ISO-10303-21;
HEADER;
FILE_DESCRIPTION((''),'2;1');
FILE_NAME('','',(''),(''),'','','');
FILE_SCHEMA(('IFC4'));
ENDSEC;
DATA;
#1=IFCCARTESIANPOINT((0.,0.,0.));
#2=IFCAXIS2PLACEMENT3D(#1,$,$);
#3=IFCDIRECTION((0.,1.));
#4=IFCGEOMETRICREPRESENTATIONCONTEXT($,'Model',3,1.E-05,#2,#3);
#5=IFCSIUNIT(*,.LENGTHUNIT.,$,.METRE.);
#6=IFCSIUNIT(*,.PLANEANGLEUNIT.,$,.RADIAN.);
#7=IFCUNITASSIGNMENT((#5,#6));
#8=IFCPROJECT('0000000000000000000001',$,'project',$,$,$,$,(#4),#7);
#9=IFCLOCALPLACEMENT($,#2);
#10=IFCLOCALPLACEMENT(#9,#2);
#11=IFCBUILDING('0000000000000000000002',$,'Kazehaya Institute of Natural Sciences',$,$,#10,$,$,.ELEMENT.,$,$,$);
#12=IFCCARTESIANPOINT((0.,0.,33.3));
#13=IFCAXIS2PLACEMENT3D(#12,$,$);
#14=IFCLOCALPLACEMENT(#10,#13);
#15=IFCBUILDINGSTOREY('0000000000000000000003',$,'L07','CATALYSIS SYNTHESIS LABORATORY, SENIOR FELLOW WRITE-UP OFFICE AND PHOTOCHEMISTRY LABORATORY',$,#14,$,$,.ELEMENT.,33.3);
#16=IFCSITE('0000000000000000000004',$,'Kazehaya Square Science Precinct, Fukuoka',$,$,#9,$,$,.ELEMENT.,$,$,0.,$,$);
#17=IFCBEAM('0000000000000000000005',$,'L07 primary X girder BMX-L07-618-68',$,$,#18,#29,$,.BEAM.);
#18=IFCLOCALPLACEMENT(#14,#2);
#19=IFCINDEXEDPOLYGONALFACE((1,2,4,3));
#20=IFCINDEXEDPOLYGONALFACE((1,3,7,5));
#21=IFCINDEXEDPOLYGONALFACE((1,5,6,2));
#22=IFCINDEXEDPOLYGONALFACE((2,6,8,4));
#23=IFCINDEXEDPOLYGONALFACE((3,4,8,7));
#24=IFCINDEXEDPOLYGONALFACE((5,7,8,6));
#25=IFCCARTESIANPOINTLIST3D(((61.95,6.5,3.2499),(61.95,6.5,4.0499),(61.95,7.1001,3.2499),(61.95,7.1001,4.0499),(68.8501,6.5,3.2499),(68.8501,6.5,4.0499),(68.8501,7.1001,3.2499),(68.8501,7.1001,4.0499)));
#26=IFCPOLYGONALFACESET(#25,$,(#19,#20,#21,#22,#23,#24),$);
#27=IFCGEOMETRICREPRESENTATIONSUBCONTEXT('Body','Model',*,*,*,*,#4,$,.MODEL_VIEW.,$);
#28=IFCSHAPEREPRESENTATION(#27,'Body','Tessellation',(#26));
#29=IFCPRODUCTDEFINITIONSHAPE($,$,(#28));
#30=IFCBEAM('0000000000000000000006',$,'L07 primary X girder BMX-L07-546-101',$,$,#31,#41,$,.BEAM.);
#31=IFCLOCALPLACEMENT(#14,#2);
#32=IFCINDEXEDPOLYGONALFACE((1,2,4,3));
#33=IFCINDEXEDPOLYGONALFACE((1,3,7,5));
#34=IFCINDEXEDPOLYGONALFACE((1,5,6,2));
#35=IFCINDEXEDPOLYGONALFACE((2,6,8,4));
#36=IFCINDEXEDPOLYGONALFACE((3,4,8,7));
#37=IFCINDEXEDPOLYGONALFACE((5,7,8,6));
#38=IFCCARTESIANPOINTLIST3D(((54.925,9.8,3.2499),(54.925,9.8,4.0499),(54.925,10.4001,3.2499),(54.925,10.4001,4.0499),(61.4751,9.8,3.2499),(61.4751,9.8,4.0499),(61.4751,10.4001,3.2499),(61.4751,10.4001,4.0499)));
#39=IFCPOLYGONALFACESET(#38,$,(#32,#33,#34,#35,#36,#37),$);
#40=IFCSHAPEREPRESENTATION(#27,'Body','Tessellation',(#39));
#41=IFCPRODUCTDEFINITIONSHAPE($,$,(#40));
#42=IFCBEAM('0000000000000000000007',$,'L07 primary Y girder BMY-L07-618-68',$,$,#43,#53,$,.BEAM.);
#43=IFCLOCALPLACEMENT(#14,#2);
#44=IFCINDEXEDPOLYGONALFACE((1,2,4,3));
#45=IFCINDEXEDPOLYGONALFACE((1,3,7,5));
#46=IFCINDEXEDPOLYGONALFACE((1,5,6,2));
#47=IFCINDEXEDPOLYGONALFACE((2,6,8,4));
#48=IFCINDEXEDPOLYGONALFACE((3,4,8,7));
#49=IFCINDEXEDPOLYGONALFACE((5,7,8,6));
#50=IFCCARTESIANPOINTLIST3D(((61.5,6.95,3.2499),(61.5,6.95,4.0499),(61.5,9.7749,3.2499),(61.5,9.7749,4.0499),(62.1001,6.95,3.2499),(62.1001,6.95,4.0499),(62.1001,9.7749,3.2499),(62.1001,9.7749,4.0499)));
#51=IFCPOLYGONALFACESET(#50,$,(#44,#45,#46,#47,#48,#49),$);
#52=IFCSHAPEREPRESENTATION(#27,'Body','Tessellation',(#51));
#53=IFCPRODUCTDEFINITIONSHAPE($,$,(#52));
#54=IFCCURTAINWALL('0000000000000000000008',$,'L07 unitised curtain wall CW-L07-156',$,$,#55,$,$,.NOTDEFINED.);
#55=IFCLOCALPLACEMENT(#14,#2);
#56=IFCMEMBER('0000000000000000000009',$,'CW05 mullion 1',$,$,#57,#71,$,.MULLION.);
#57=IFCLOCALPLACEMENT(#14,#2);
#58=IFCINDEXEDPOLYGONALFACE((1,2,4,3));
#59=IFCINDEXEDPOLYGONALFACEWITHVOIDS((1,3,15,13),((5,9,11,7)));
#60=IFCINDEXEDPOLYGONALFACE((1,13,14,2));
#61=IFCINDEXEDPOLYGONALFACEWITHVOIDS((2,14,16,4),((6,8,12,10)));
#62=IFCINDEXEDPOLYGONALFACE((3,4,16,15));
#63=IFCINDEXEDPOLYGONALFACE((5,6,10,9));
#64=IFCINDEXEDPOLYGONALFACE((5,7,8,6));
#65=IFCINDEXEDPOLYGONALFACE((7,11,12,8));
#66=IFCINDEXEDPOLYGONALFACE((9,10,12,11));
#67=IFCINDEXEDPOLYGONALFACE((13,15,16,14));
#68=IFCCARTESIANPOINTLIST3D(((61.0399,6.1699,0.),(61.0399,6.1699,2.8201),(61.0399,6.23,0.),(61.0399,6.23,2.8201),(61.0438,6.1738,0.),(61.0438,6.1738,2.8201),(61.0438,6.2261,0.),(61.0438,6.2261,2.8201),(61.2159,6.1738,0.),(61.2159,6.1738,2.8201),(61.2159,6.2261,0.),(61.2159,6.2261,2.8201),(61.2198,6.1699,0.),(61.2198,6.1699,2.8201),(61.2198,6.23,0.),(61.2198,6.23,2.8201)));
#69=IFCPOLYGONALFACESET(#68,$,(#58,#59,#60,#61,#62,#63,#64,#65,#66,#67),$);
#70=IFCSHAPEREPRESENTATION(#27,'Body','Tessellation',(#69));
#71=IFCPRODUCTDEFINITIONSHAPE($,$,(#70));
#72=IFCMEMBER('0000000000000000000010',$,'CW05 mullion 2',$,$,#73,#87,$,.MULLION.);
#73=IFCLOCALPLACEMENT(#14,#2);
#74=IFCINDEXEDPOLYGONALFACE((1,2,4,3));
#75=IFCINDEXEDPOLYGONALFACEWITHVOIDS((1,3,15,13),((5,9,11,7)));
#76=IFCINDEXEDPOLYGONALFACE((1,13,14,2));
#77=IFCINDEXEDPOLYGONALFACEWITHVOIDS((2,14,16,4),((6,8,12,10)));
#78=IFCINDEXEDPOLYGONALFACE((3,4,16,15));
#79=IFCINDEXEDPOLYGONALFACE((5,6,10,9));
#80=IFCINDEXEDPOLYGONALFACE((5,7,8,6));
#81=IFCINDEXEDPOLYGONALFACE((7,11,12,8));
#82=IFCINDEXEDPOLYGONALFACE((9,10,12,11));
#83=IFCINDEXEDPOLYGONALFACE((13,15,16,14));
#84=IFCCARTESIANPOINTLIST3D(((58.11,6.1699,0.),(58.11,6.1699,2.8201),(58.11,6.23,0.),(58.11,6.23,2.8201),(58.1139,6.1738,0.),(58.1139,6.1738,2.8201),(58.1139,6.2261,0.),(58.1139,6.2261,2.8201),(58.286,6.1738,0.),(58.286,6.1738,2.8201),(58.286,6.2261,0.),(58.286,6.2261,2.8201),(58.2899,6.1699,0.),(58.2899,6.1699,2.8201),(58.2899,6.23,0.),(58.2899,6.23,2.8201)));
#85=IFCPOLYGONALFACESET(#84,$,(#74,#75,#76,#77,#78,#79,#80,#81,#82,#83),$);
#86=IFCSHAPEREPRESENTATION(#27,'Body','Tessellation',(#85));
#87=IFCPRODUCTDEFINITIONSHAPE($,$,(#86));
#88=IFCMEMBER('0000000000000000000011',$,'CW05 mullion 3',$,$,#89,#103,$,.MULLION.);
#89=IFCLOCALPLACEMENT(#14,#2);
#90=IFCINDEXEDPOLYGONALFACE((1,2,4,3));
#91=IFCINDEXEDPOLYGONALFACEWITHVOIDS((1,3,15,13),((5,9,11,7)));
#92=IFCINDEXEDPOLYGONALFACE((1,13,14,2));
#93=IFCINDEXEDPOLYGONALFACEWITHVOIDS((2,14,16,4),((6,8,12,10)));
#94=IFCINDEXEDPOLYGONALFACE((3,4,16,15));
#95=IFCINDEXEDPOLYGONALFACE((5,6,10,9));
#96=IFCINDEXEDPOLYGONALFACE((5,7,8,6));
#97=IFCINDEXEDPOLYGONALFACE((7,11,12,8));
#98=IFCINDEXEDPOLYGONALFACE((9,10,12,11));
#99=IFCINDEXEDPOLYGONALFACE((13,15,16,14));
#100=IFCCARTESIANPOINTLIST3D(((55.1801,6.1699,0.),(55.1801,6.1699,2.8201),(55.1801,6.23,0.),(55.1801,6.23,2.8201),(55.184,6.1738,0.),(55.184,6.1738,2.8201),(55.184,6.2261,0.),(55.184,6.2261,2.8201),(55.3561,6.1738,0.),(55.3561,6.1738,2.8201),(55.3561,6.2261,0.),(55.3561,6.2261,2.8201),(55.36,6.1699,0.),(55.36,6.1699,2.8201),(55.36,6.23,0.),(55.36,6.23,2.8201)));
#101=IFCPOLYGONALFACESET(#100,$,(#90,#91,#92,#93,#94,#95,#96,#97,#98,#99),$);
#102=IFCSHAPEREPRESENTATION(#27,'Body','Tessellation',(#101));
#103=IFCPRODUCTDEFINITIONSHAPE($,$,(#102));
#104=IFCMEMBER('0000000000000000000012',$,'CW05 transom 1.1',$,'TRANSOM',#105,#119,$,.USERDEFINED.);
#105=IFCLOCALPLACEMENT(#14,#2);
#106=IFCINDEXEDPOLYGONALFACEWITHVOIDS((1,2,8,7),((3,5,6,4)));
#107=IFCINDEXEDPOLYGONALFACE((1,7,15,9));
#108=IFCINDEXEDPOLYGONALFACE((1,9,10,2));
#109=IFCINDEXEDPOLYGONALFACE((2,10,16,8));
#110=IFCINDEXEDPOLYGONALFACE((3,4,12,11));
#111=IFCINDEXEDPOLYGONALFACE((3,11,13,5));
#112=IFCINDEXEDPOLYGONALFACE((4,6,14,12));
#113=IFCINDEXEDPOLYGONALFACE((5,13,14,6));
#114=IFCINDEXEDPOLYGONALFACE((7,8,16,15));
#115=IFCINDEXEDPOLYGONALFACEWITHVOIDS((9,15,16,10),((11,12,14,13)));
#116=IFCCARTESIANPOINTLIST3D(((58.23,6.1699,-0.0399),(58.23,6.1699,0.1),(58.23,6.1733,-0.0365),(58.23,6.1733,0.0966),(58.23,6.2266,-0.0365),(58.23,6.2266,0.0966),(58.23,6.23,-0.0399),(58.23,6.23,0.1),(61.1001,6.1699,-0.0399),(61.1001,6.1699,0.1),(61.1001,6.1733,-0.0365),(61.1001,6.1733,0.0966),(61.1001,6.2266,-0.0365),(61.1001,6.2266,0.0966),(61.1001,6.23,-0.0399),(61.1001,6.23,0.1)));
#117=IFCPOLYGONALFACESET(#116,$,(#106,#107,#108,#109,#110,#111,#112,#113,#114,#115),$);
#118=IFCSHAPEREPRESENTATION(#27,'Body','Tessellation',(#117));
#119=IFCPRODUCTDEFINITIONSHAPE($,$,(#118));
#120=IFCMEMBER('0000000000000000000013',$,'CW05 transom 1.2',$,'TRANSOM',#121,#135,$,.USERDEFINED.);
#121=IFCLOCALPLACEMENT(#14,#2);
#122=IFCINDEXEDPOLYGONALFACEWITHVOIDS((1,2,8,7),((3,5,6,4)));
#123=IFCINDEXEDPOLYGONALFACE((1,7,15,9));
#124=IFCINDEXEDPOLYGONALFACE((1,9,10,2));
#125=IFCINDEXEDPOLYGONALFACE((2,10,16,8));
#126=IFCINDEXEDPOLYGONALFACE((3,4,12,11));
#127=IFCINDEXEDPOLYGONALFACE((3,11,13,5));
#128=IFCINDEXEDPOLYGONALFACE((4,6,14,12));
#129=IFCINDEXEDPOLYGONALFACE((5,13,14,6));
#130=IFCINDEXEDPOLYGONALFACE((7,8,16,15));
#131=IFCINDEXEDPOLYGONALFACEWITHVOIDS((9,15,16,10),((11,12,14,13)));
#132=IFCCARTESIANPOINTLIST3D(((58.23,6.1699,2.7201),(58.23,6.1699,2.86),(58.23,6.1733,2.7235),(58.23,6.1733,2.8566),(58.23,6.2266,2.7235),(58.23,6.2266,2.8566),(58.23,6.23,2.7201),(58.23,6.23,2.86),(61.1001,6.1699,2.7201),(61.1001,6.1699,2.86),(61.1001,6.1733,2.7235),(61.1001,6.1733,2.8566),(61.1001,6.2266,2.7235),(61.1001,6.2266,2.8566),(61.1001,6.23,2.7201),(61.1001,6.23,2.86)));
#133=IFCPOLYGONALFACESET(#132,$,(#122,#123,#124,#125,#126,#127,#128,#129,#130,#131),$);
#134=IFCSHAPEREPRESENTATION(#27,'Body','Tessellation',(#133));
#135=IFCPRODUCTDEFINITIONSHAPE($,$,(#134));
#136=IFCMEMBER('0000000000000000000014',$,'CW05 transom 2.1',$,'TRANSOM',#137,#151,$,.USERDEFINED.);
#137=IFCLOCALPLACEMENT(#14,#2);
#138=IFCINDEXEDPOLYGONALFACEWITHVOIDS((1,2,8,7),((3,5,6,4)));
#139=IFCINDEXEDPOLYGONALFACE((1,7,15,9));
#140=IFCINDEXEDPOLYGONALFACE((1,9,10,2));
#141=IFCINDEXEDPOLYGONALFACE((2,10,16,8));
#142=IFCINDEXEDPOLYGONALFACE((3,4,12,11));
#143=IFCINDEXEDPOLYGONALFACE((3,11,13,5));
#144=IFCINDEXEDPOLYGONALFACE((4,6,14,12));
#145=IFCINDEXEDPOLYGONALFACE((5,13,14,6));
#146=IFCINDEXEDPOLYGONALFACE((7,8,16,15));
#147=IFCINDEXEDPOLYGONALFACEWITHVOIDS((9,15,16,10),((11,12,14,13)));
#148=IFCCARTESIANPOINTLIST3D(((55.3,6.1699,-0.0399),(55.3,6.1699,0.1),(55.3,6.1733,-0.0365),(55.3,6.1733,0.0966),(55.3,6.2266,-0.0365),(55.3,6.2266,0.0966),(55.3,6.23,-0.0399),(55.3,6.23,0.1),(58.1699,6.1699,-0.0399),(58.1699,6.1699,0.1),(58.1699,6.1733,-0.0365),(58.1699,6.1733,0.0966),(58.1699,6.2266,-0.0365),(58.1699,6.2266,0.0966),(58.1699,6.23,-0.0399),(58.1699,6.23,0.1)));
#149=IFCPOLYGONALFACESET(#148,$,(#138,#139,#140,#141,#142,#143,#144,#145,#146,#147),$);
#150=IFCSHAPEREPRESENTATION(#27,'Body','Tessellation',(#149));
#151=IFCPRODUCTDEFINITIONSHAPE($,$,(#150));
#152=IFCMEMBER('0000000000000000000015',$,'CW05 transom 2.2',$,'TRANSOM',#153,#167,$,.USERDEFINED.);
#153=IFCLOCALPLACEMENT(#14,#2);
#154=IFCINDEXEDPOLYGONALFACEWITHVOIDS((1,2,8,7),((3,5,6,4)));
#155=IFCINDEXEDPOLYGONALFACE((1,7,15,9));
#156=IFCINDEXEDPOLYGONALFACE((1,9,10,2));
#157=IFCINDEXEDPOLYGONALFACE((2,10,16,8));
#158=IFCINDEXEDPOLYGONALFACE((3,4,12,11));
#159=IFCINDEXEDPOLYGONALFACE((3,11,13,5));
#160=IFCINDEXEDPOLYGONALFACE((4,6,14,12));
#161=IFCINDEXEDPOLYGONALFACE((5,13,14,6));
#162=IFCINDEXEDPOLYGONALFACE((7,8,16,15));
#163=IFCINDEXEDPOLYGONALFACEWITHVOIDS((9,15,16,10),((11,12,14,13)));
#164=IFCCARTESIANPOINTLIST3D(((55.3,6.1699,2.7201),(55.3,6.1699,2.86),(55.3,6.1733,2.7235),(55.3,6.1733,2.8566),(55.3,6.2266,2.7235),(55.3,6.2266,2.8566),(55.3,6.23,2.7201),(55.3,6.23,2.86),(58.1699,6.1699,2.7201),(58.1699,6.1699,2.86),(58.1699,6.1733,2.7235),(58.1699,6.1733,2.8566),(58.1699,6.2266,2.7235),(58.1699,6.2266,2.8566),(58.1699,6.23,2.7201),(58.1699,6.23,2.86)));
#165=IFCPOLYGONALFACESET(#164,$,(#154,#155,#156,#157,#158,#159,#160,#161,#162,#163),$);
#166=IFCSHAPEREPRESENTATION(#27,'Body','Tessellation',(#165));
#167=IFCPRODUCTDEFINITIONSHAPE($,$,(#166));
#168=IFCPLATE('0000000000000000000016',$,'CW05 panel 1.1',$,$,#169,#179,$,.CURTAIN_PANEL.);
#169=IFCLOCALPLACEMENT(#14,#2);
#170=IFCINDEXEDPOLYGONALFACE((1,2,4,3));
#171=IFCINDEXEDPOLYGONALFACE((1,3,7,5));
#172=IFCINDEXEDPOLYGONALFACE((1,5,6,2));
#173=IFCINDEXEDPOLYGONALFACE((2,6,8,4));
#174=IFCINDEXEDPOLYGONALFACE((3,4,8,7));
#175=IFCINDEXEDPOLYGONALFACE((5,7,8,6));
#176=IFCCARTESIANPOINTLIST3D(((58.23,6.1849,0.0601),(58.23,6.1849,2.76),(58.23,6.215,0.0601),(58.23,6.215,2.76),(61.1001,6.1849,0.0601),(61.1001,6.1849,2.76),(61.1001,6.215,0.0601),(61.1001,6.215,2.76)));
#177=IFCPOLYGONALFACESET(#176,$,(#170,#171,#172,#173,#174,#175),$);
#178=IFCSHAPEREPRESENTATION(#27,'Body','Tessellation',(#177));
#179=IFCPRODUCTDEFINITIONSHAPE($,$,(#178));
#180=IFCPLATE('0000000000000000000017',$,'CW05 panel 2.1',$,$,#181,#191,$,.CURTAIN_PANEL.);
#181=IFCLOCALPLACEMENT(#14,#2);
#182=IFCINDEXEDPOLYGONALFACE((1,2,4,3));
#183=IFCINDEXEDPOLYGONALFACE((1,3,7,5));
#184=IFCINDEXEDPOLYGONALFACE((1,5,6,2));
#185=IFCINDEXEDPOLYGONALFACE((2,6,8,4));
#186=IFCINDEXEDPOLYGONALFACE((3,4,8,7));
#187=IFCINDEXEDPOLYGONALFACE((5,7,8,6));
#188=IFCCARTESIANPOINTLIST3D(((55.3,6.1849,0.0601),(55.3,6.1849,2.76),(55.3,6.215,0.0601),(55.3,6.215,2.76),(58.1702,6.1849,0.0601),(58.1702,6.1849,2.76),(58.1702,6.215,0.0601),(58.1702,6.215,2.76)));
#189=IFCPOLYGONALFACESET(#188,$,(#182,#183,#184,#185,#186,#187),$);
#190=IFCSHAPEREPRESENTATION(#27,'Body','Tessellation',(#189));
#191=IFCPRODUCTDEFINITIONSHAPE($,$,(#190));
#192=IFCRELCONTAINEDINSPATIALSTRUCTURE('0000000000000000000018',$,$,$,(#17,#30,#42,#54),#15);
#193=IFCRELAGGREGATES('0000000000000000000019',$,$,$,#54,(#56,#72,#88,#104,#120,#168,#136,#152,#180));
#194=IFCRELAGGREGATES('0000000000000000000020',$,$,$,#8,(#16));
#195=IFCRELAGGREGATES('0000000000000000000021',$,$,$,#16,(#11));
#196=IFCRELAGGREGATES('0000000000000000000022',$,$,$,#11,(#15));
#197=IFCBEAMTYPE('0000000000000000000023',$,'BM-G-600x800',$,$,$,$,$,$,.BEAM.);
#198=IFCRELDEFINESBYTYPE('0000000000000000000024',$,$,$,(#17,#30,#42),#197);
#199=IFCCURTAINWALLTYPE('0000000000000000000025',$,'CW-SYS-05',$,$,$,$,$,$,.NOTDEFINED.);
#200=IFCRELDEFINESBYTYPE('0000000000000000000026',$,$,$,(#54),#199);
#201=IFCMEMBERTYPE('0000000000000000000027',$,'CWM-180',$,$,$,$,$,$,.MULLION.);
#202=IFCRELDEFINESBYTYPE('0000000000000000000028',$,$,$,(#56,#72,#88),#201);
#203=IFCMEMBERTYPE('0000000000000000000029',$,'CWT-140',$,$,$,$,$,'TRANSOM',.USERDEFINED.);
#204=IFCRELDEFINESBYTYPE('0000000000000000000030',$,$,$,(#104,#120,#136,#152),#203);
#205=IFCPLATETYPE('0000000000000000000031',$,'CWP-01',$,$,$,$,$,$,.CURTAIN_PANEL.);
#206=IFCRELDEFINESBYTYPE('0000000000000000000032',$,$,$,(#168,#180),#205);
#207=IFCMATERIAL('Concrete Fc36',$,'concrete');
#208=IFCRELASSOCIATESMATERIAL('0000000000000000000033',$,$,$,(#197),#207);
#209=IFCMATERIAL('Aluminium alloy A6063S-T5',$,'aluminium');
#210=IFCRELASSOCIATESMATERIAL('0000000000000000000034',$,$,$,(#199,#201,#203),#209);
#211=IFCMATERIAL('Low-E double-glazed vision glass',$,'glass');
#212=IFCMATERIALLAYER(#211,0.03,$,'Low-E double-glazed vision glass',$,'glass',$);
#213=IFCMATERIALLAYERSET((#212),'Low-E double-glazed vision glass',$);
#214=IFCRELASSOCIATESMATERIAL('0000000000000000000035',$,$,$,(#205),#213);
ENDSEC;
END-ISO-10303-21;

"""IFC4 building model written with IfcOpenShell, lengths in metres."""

from ifc_helpers import new_model, si_unit, direction, frame, origin, origin_2d, place, context, subcontext, project, spatial, rectangle, hollow_rectangle, extrude, material, layer, layer_set, material_profile, profile_set, type_object, element, aggregate, save


model = new_model("IFC4")

# Units and contexts
model_context = context("Model", 3, precision=1e-05, world=origin(), true_north=direction((0.0, 1.0)))
body_context = subcontext(model_context, "Body", "Model", "MODEL_VIEW")
ifc_project = project(units=[si_unit("LENGTHUNIT", "METRE"), si_unit("PLANEANGLEUNIT", "RADIAN")], contexts=[model_context])

# Site, building, storey
site_placement = place(None, origin())
site = spatial("IfcSite", under=ifc_project, at=site_placement, Name="Kazehaya Square Science Precinct, Fukuoka", CompositionType="ELEMENT", RefElevation=0.0)
building_placement = place(site_placement, origin())
building = spatial("IfcBuilding", under=site, at=building_placement, Name="Kazehaya Institute of Natural Sciences", CompositionType="ELEMENT")
storey_placement = place(building_placement, frame((0.0, 0.0, 33.3)))
storey = spatial("IfcBuildingStorey", under=building, at=storey_placement, Name="L07", Description="CATALYSIS SYNTHESIS LABORATORY, SENIOR FELLOW WRITE-UP OFFICE AND PHOTOCHEMISTRY LABORATORY", CompositionType="ELEMENT", Elevation=33.3)

# Shared definitions
ifc_material_1 = material(Name="Concrete Fc36", Category="concrete")

# Beams
ifc_material_profile_1 = material_profile(ifc_material_1, rectangle(XDim=0.6001, YDim=0.8, at=origin_2d()), Name="RC-600x800")
ifc_profile_set_1 = profile_set([ifc_material_profile_1], Name="Concrete Fc36")
beam_type = type_object("IfcBeamType", Name="BM-G-600x800", PredefinedType="BEAM", material=ifc_profile_set_1)
beam_1_placement = place(storey_placement, frame((61.95, 6.8, 3.6499), z_axis=(1.0, 0.0, 0.0), x_axis=(0.0, 1.0, 0.0)))
element("IfcBeam", 1, at=beam_1_placement, inside=storey, type_object=beam_type, Name="L07 primary X girder BMX-L07-618-68", PredefinedType="BEAM", context=body_context, shape_type="SweptSolid", body=[
    extrude(rectangle(XDim=0.6001, YDim=0.8, at=origin_2d()), origin(), (0.0, 0.0, 1.0), 6.9001),
])
beam_2_placement = place(storey_placement, frame((54.925, 10.1001, 3.6499), z_axis=(1.0, 0.0, 0.0), x_axis=(0.0, 1.0, 0.0)))
element("IfcBeam", 2, at=beam_2_placement, inside=storey, type_object=beam_type, Name="L07 primary X girder BMX-L07-546-101", PredefinedType="BEAM", context=body_context, shape_type="SweptSolid", body=[
    extrude(rectangle(XDim=0.6001, YDim=0.8, at=origin_2d()), origin(), (0.0, 0.0, 1.0), 6.55),
])
beam_3_placement = place(storey_placement, frame((61.8, 6.95, 3.6499), z_axis=(0.0, 1.0, 0.0), x_axis=(-1.0, 0.0, 0.0)))
element("IfcBeam", 3, at=beam_3_placement, inside=storey, type_object=beam_type, Name="L07 primary Y girder BMY-L07-618-68", PredefinedType="BEAM", context=body_context, shape_type="SweptSolid", body=[
    extrude(rectangle(XDim=0.6001, YDim=0.8, at=origin_2d()), origin(), (0.0, 0.0, 1.0), 2.825),
])

# Curtain wall, members, plates
ifc_material_2 = material(Name="Aluminium alloy A6063S-T5", Category="aluminium")
curtain_wall_type = type_object("IfcCurtainWallType", Name="CW-SYS-05", PredefinedType="NOTDEFINED", material=ifc_material_2)
curtain_wall_placement = place(storey_placement, origin())
curtain_wall = element("IfcCurtainWall", 4, at=curtain_wall_placement, inside=storey, type_object=curtain_wall_type, Name="L07 unitised curtain wall CW-L07-156", PredefinedType="NOTDEFINED")
ifc_material_profile_2 = material_profile(ifc_material_2, hollow_rectangle(XDim=0.0601, YDim=0.1799, WallThickness=0.0039, at=origin_2d()), Name="ALU-60x180x4")
ifc_profile_set_2 = profile_set([ifc_material_profile_2], Name="Aluminium alloy A6063S-T5")
member_type_1 = type_object("IfcMemberType", Name="CWM-180", PredefinedType="MULLION", material=ifc_profile_set_2)
member_1_placement = place(storey_placement, frame((61.1299, 6.2, 0.0), z_axis=(0.0, 0.0, 1.0), x_axis=(0.0, -1.0, 0.0)))
member_1 = element("IfcMember", 5, at=member_1_placement, type_object=member_type_1, Name="CW05 mullion 1", PredefinedType="MULLION", context=body_context, shape_type="SweptSolid", body=[
    extrude(hollow_rectangle(XDim=0.0601, YDim=0.1799, WallThickness=0.0039, at=origin_2d()), origin(), (0.0, 0.0, 1.0), 2.8201),
])
member_2_placement = place(storey_placement, frame((58.2, 6.2, 0.0), z_axis=(0.0, 0.0, 1.0), x_axis=(0.0, -1.0, 0.0)))
member_2 = element("IfcMember", 6, at=member_2_placement, type_object=member_type_1, Name="CW05 mullion 2", PredefinedType="MULLION", context=body_context, shape_type="SweptSolid", body=[
    extrude(hollow_rectangle(XDim=0.0601, YDim=0.1799, WallThickness=0.0039, at=origin_2d()), origin(), (0.0, 0.0, 1.0), 2.8201),
])
member_3_placement = place(storey_placement, frame((55.27, 6.2, 0.0), z_axis=(0.0, 0.0, 1.0), x_axis=(0.0, -1.0, 0.0)))
member_3 = element("IfcMember", 7, at=member_3_placement, type_object=member_type_1, Name="CW05 mullion 3", PredefinedType="MULLION", context=body_context, shape_type="SweptSolid", body=[
    extrude(hollow_rectangle(XDim=0.0601, YDim=0.1799, WallThickness=0.0039, at=origin_2d()), origin(), (0.0, 0.0, 1.0), 2.8201),
])
ifc_material_profile_3 = material_profile(ifc_material_2, hollow_rectangle(XDim=0.0601, YDim=0.1399, WallThickness=0.0034, at=origin_2d()), Name="ALU-60x140x3.5")
ifc_profile_set_3 = profile_set([ifc_material_profile_3], Name="Aluminium alloy A6063S-T5")
member_type_2 = type_object("IfcMemberType", Name="CWT-140", ElementType="TRANSOM", PredefinedType="USERDEFINED", material=ifc_profile_set_3)
member_4_placement = place(storey_placement, frame((61.1001, 6.2, 0.03), z_axis=(-1.0, 0.0, 0.0), x_axis=(0.0, -1.0, 0.0)))
member_4 = element("IfcMember", 8, at=member_4_placement, type_object=member_type_2, Name="CW05 transom 1.1", ObjectType="TRANSOM", PredefinedType="USERDEFINED", context=body_context, shape_type="SweptSolid", body=[
    extrude(hollow_rectangle(XDim=0.0601, YDim=0.1399, WallThickness=0.0034, at=origin_2d()), origin(), (0.0, 0.0, 1.0), 2.8701),
])
member_5_placement = place(storey_placement, frame((61.1001, 6.2, 2.79), z_axis=(-1.0, 0.0, 0.0), x_axis=(0.0, -1.0, 0.0)))
member_5 = element("IfcMember", 9, at=member_5_placement, type_object=member_type_2, Name="CW05 transom 1.2", ObjectType="TRANSOM", PredefinedType="USERDEFINED", context=body_context, shape_type="SweptSolid", body=[
    extrude(hollow_rectangle(XDim=0.0601, YDim=0.1399, WallThickness=0.0034, at=origin_2d()), origin(), (0.0, 0.0, 1.0), 2.8701),
])
member_6_placement = place(storey_placement, frame((58.1699, 6.2, 0.03), z_axis=(-1.0, 0.0, 0.0), x_axis=(0.0, -1.0, 0.0)))
member_6 = element("IfcMember", 10, at=member_6_placement, type_object=member_type_2, Name="CW05 transom 2.1", ObjectType="TRANSOM", PredefinedType="USERDEFINED", context=body_context, shape_type="SweptSolid", body=[
    extrude(hollow_rectangle(XDim=0.0601, YDim=0.1399, WallThickness=0.0034, at=origin_2d()), origin(), (0.0, 0.0, 1.0), 2.8699),
])
member_7_placement = place(storey_placement, frame((58.1699, 6.2, 2.79), z_axis=(-1.0, 0.0, 0.0), x_axis=(0.0, -1.0, 0.0)))
member_7 = element("IfcMember", 11, at=member_7_placement, type_object=member_type_2, Name="CW05 transom 2.2", ObjectType="TRANSOM", PredefinedType="USERDEFINED", context=body_context, shape_type="SweptSolid", body=[
    extrude(hollow_rectangle(XDim=0.0601, YDim=0.1399, WallThickness=0.0034, at=origin_2d()), origin(), (0.0, 0.0, 1.0), 2.8699),
])
ifc_material_3 = material(Name="Low-E double-glazed vision glass", Category="glass")
ifc_layer = layer(ifc_material_3, 0.03, Name="Low-E double-glazed vision glass", Category="glass")
ifc_layer_set = layer_set([ifc_layer], Name="Low-E double-glazed vision glass")
plate_type = type_object("IfcPlateType", Name="CWP-01", PredefinedType="CURTAIN_PANEL", material=ifc_layer_set)
plate_1_placement = place(storey_placement, frame((59.665, 6.2, 0.0601), z_axis=(0.0, 0.0, 1.0), x_axis=(-1.0, 0.0, 0.0)))
plate_1 = element("IfcPlate", 12, at=plate_1_placement, type_object=plate_type, Name="CW05 panel 1.1", PredefinedType="CURTAIN_PANEL", context=body_context, shape_type="SweptSolid", body=[
    extrude(rectangle(XDim=2.8701, YDim=0.03, at=origin_2d()), origin(), (0.0, 0.0, 1.0), 2.7),
])
plate_2_placement = place(storey_placement, frame((56.7351, 6.2, 0.0601), z_axis=(0.0, 0.0, 1.0), x_axis=(-1.0, 0.0, 0.0)))
plate_2 = element("IfcPlate", 13, at=plate_2_placement, type_object=plate_type, Name="CW05 panel 2.1", PredefinedType="CURTAIN_PANEL", context=body_context, shape_type="SweptSolid", body=[
    extrude(rectangle(XDim=2.8701, YDim=0.03, at=origin_2d()), origin(), (0.0, 0.0, 1.0), 2.7),
])
aggregate(curtain_wall, [member_1, member_2, member_3, member_4, member_5, plate_1, member_6, member_7, plate_2])

save(model, "model.ifc")
